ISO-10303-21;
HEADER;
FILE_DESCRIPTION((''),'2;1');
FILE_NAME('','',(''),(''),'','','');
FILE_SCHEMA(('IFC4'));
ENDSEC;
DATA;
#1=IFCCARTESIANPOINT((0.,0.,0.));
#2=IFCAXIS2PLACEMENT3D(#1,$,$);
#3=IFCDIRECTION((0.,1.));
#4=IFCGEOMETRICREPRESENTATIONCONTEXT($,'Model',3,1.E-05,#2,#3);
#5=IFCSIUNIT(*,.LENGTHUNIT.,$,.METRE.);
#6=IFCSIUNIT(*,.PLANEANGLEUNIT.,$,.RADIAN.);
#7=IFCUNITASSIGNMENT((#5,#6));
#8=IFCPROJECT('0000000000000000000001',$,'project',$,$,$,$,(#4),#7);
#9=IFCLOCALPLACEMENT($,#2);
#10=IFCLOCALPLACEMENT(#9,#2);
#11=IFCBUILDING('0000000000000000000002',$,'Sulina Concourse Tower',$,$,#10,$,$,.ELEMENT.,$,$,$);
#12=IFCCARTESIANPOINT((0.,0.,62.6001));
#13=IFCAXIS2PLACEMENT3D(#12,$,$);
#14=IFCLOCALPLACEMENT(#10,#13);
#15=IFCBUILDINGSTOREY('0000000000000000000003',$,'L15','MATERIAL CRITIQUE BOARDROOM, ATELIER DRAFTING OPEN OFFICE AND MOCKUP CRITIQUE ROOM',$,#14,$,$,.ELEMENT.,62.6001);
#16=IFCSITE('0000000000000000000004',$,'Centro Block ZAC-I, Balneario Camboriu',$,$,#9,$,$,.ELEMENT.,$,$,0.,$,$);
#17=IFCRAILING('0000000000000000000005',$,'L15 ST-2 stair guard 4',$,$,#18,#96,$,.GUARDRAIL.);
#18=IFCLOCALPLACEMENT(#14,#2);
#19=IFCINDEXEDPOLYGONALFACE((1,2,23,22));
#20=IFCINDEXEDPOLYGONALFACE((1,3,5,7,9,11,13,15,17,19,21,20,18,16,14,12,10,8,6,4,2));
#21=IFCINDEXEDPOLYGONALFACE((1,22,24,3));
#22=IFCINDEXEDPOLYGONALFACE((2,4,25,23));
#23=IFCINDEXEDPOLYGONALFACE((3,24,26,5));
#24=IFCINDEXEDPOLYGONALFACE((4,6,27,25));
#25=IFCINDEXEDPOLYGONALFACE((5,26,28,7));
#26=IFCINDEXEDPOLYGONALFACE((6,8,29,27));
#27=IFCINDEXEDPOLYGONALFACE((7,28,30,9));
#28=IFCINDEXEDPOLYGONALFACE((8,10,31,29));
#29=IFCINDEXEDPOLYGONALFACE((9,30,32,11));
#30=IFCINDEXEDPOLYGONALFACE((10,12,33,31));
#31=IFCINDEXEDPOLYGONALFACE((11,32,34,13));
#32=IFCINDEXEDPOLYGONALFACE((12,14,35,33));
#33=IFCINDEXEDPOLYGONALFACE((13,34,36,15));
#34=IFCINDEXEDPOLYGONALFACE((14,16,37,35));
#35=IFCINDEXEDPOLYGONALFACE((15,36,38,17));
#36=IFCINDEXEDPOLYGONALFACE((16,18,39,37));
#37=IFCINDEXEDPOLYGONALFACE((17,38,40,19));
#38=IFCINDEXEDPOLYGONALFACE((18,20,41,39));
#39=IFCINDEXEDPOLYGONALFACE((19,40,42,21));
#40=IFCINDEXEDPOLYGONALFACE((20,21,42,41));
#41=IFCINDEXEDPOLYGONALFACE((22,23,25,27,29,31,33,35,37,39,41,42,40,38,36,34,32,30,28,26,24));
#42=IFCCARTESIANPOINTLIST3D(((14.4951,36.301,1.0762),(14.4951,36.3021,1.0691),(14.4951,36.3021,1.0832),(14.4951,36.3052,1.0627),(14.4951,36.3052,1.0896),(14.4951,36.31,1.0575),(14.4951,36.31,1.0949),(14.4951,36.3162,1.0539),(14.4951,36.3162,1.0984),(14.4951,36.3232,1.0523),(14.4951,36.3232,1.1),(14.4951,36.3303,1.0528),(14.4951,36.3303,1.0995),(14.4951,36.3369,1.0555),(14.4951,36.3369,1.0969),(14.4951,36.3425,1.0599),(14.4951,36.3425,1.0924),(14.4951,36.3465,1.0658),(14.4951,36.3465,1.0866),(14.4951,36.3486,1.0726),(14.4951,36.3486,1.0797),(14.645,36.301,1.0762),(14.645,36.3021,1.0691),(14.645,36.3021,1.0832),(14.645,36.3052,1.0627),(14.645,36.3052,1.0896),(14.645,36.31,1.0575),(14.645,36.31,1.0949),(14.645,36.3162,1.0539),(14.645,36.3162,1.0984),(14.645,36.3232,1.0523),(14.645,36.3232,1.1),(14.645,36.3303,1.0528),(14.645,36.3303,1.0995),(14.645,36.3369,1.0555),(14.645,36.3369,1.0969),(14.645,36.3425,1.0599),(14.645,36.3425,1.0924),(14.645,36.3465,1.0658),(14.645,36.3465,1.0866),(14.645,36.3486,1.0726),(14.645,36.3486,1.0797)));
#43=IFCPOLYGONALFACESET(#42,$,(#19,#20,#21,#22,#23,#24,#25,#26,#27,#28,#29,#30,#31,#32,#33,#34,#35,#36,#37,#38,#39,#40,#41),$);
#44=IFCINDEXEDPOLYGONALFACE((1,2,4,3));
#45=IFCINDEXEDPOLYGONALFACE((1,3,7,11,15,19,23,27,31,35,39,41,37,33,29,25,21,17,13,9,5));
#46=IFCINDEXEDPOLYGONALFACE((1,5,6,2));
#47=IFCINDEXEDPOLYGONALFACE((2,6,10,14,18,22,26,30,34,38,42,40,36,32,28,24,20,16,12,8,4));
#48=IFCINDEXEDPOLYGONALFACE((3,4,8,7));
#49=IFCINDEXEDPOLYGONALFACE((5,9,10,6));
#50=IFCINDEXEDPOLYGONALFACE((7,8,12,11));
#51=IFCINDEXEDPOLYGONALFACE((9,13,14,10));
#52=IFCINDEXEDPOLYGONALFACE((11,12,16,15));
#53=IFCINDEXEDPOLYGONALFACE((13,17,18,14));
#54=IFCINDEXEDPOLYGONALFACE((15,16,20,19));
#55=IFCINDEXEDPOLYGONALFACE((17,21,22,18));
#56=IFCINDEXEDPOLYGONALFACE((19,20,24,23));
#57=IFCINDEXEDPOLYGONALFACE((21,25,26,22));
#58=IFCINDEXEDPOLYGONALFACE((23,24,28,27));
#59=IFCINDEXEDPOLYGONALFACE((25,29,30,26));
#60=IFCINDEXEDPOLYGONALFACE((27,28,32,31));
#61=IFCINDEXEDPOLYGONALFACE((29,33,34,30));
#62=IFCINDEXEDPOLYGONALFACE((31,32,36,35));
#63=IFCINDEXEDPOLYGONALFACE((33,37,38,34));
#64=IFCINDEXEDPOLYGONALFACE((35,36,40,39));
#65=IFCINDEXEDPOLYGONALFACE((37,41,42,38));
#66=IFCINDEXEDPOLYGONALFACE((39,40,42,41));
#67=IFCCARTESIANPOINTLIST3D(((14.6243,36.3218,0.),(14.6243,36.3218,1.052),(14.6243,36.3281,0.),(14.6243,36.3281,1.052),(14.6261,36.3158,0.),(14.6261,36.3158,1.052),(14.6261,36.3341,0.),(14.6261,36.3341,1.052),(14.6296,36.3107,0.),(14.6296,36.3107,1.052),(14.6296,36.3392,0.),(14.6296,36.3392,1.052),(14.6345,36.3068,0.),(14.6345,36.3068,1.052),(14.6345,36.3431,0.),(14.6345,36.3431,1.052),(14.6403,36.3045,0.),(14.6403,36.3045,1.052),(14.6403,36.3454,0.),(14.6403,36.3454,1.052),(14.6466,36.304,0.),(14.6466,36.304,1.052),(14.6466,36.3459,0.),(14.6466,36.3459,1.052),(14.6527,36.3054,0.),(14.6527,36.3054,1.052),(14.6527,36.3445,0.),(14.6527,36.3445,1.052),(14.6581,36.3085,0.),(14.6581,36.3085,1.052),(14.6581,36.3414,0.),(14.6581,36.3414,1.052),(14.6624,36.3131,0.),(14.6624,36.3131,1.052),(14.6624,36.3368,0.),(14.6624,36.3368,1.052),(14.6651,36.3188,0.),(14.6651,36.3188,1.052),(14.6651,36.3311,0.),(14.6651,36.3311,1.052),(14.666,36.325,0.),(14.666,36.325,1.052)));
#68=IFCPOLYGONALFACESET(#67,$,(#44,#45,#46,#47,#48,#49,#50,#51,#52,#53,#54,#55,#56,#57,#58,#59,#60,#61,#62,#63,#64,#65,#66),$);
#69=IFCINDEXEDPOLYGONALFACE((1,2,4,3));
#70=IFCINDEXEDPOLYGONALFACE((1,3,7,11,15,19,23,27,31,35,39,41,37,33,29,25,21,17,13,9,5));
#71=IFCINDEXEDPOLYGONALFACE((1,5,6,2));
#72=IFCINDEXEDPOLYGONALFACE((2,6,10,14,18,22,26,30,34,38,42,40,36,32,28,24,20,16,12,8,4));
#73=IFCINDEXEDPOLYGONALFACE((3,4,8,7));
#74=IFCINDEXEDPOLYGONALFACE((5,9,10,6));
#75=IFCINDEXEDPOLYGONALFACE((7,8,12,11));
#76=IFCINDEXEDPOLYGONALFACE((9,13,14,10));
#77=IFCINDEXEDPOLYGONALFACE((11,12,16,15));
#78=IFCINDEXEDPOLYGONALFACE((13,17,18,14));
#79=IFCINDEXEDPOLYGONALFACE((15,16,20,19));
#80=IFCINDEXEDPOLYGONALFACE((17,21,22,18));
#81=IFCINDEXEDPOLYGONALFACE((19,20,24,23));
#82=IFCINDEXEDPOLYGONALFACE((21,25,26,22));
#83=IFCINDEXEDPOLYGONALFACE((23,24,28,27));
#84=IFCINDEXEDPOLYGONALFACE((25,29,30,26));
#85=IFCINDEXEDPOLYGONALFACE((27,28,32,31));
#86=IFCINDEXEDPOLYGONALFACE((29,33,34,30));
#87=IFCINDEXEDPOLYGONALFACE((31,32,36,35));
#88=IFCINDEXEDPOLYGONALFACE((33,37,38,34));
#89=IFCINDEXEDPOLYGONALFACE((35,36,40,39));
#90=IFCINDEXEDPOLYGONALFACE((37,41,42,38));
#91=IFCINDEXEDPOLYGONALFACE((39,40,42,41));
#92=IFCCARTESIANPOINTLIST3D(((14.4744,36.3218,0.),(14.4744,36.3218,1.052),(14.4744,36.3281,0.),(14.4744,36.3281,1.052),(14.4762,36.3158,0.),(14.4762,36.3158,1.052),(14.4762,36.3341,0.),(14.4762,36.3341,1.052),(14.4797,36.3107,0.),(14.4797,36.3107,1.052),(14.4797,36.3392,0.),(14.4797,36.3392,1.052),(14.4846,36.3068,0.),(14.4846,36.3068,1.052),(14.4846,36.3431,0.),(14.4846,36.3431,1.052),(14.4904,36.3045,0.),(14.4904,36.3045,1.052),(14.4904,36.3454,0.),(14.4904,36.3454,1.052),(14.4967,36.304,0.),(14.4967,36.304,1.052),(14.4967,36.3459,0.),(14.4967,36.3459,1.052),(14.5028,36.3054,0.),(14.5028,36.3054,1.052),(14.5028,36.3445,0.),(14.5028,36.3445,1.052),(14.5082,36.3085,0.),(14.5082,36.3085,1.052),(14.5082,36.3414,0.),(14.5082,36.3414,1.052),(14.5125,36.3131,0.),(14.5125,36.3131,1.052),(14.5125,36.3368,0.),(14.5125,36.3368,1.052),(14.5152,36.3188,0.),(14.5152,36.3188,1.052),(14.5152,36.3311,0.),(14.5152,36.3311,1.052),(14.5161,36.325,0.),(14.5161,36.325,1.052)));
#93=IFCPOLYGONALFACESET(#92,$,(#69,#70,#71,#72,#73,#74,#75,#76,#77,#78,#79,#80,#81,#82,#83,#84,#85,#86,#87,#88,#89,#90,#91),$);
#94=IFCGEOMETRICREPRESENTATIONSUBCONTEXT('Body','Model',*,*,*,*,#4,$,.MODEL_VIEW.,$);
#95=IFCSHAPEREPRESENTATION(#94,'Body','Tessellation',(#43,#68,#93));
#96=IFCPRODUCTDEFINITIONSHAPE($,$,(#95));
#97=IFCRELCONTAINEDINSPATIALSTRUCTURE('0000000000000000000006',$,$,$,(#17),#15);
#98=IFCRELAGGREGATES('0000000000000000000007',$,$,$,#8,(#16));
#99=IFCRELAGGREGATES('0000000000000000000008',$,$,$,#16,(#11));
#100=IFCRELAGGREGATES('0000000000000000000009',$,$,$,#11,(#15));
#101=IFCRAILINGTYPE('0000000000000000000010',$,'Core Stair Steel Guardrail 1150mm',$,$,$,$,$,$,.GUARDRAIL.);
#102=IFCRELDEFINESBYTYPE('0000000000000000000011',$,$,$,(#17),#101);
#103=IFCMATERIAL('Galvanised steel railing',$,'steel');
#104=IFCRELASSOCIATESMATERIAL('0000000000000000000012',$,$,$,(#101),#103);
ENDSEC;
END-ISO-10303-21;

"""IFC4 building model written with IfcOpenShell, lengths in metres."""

from ifc_helpers import new_model, si_unit, direction, frame, origin, origin_2d, place, context, subcontext, project, spatial, circle, extrude, material, type_object, element, save


model = new_model("IFC4")

# Units and contexts
model_context = context("Model", 3, precision=1e-05, world=origin(), true_north=direction((0.0, 1.0)))
body_context = subcontext(model_context, "Body", "Model", "MODEL_VIEW")
ifc_project = project(units=[si_unit("LENGTHUNIT", "METRE"), si_unit("PLANEANGLEUNIT", "RADIAN")], contexts=[model_context])

# Site, building, storey
site_placement = place(None, origin())
site = spatial("IfcSite", under=ifc_project, at=site_placement, Name="Centro Block ZAC-I, Balneario Camboriu", CompositionType="ELEMENT", RefElevation=0.0)
building_placement = place(site_placement, origin())
building = spatial("IfcBuilding", under=site, at=building_placement, Name="Sulina Concourse Tower", CompositionType="ELEMENT")
storey_placement = place(building_placement, frame((0.0, 0.0, 62.6001)))
storey = spatial("IfcBuildingStorey", under=building, at=storey_placement, Name="L15", Description="MATERIAL CRITIQUE BOARDROOM, ATELIER DRAFTING OPEN OFFICE AND MOCKUP CRITIQUE ROOM", CompositionType="ELEMENT", Elevation=62.6001)

# Railing
ifc_material_1 = material(Name="Galvanised steel railing", Category="steel")
railing_type_1 = type_object("IfcRailingType", Name="Core Stair Steel Guardrail 1150mm", PredefinedType="GUARDRAIL", material=ifc_material_1)
railing_1_placement = place(storey_placement, frame((14.645, 36.325, 0.0)))
element("IfcRailing", 1, at=railing_1_placement, inside=storey, type_object=railing_type_1, Name="L15 ST-2 stair guard 4", PredefinedType="GUARDRAIL", context=body_context, shape_type="SweptSolid", body=[
    extrude(circle(Radius=0.0239, at=origin_2d()), frame((0.0, 0.0, 1.0762), z_axis=(-1.0, 0.0, 0.0), x_axis=(0.0, -1.0, 0.0)), (0.0, 0.0, 1.0), 0.1499),
    extrude(circle(Radius=0.021, at=origin_2d()), origin(), (0.0, 0.0, 1.0), 1.052),
    extrude(circle(Radius=0.021, at=origin_2d()), frame((-0.1499, 0.0, 0.0)), (0.0, 0.0, 1.0), 1.052),
])

save(model, "model.ifc")
